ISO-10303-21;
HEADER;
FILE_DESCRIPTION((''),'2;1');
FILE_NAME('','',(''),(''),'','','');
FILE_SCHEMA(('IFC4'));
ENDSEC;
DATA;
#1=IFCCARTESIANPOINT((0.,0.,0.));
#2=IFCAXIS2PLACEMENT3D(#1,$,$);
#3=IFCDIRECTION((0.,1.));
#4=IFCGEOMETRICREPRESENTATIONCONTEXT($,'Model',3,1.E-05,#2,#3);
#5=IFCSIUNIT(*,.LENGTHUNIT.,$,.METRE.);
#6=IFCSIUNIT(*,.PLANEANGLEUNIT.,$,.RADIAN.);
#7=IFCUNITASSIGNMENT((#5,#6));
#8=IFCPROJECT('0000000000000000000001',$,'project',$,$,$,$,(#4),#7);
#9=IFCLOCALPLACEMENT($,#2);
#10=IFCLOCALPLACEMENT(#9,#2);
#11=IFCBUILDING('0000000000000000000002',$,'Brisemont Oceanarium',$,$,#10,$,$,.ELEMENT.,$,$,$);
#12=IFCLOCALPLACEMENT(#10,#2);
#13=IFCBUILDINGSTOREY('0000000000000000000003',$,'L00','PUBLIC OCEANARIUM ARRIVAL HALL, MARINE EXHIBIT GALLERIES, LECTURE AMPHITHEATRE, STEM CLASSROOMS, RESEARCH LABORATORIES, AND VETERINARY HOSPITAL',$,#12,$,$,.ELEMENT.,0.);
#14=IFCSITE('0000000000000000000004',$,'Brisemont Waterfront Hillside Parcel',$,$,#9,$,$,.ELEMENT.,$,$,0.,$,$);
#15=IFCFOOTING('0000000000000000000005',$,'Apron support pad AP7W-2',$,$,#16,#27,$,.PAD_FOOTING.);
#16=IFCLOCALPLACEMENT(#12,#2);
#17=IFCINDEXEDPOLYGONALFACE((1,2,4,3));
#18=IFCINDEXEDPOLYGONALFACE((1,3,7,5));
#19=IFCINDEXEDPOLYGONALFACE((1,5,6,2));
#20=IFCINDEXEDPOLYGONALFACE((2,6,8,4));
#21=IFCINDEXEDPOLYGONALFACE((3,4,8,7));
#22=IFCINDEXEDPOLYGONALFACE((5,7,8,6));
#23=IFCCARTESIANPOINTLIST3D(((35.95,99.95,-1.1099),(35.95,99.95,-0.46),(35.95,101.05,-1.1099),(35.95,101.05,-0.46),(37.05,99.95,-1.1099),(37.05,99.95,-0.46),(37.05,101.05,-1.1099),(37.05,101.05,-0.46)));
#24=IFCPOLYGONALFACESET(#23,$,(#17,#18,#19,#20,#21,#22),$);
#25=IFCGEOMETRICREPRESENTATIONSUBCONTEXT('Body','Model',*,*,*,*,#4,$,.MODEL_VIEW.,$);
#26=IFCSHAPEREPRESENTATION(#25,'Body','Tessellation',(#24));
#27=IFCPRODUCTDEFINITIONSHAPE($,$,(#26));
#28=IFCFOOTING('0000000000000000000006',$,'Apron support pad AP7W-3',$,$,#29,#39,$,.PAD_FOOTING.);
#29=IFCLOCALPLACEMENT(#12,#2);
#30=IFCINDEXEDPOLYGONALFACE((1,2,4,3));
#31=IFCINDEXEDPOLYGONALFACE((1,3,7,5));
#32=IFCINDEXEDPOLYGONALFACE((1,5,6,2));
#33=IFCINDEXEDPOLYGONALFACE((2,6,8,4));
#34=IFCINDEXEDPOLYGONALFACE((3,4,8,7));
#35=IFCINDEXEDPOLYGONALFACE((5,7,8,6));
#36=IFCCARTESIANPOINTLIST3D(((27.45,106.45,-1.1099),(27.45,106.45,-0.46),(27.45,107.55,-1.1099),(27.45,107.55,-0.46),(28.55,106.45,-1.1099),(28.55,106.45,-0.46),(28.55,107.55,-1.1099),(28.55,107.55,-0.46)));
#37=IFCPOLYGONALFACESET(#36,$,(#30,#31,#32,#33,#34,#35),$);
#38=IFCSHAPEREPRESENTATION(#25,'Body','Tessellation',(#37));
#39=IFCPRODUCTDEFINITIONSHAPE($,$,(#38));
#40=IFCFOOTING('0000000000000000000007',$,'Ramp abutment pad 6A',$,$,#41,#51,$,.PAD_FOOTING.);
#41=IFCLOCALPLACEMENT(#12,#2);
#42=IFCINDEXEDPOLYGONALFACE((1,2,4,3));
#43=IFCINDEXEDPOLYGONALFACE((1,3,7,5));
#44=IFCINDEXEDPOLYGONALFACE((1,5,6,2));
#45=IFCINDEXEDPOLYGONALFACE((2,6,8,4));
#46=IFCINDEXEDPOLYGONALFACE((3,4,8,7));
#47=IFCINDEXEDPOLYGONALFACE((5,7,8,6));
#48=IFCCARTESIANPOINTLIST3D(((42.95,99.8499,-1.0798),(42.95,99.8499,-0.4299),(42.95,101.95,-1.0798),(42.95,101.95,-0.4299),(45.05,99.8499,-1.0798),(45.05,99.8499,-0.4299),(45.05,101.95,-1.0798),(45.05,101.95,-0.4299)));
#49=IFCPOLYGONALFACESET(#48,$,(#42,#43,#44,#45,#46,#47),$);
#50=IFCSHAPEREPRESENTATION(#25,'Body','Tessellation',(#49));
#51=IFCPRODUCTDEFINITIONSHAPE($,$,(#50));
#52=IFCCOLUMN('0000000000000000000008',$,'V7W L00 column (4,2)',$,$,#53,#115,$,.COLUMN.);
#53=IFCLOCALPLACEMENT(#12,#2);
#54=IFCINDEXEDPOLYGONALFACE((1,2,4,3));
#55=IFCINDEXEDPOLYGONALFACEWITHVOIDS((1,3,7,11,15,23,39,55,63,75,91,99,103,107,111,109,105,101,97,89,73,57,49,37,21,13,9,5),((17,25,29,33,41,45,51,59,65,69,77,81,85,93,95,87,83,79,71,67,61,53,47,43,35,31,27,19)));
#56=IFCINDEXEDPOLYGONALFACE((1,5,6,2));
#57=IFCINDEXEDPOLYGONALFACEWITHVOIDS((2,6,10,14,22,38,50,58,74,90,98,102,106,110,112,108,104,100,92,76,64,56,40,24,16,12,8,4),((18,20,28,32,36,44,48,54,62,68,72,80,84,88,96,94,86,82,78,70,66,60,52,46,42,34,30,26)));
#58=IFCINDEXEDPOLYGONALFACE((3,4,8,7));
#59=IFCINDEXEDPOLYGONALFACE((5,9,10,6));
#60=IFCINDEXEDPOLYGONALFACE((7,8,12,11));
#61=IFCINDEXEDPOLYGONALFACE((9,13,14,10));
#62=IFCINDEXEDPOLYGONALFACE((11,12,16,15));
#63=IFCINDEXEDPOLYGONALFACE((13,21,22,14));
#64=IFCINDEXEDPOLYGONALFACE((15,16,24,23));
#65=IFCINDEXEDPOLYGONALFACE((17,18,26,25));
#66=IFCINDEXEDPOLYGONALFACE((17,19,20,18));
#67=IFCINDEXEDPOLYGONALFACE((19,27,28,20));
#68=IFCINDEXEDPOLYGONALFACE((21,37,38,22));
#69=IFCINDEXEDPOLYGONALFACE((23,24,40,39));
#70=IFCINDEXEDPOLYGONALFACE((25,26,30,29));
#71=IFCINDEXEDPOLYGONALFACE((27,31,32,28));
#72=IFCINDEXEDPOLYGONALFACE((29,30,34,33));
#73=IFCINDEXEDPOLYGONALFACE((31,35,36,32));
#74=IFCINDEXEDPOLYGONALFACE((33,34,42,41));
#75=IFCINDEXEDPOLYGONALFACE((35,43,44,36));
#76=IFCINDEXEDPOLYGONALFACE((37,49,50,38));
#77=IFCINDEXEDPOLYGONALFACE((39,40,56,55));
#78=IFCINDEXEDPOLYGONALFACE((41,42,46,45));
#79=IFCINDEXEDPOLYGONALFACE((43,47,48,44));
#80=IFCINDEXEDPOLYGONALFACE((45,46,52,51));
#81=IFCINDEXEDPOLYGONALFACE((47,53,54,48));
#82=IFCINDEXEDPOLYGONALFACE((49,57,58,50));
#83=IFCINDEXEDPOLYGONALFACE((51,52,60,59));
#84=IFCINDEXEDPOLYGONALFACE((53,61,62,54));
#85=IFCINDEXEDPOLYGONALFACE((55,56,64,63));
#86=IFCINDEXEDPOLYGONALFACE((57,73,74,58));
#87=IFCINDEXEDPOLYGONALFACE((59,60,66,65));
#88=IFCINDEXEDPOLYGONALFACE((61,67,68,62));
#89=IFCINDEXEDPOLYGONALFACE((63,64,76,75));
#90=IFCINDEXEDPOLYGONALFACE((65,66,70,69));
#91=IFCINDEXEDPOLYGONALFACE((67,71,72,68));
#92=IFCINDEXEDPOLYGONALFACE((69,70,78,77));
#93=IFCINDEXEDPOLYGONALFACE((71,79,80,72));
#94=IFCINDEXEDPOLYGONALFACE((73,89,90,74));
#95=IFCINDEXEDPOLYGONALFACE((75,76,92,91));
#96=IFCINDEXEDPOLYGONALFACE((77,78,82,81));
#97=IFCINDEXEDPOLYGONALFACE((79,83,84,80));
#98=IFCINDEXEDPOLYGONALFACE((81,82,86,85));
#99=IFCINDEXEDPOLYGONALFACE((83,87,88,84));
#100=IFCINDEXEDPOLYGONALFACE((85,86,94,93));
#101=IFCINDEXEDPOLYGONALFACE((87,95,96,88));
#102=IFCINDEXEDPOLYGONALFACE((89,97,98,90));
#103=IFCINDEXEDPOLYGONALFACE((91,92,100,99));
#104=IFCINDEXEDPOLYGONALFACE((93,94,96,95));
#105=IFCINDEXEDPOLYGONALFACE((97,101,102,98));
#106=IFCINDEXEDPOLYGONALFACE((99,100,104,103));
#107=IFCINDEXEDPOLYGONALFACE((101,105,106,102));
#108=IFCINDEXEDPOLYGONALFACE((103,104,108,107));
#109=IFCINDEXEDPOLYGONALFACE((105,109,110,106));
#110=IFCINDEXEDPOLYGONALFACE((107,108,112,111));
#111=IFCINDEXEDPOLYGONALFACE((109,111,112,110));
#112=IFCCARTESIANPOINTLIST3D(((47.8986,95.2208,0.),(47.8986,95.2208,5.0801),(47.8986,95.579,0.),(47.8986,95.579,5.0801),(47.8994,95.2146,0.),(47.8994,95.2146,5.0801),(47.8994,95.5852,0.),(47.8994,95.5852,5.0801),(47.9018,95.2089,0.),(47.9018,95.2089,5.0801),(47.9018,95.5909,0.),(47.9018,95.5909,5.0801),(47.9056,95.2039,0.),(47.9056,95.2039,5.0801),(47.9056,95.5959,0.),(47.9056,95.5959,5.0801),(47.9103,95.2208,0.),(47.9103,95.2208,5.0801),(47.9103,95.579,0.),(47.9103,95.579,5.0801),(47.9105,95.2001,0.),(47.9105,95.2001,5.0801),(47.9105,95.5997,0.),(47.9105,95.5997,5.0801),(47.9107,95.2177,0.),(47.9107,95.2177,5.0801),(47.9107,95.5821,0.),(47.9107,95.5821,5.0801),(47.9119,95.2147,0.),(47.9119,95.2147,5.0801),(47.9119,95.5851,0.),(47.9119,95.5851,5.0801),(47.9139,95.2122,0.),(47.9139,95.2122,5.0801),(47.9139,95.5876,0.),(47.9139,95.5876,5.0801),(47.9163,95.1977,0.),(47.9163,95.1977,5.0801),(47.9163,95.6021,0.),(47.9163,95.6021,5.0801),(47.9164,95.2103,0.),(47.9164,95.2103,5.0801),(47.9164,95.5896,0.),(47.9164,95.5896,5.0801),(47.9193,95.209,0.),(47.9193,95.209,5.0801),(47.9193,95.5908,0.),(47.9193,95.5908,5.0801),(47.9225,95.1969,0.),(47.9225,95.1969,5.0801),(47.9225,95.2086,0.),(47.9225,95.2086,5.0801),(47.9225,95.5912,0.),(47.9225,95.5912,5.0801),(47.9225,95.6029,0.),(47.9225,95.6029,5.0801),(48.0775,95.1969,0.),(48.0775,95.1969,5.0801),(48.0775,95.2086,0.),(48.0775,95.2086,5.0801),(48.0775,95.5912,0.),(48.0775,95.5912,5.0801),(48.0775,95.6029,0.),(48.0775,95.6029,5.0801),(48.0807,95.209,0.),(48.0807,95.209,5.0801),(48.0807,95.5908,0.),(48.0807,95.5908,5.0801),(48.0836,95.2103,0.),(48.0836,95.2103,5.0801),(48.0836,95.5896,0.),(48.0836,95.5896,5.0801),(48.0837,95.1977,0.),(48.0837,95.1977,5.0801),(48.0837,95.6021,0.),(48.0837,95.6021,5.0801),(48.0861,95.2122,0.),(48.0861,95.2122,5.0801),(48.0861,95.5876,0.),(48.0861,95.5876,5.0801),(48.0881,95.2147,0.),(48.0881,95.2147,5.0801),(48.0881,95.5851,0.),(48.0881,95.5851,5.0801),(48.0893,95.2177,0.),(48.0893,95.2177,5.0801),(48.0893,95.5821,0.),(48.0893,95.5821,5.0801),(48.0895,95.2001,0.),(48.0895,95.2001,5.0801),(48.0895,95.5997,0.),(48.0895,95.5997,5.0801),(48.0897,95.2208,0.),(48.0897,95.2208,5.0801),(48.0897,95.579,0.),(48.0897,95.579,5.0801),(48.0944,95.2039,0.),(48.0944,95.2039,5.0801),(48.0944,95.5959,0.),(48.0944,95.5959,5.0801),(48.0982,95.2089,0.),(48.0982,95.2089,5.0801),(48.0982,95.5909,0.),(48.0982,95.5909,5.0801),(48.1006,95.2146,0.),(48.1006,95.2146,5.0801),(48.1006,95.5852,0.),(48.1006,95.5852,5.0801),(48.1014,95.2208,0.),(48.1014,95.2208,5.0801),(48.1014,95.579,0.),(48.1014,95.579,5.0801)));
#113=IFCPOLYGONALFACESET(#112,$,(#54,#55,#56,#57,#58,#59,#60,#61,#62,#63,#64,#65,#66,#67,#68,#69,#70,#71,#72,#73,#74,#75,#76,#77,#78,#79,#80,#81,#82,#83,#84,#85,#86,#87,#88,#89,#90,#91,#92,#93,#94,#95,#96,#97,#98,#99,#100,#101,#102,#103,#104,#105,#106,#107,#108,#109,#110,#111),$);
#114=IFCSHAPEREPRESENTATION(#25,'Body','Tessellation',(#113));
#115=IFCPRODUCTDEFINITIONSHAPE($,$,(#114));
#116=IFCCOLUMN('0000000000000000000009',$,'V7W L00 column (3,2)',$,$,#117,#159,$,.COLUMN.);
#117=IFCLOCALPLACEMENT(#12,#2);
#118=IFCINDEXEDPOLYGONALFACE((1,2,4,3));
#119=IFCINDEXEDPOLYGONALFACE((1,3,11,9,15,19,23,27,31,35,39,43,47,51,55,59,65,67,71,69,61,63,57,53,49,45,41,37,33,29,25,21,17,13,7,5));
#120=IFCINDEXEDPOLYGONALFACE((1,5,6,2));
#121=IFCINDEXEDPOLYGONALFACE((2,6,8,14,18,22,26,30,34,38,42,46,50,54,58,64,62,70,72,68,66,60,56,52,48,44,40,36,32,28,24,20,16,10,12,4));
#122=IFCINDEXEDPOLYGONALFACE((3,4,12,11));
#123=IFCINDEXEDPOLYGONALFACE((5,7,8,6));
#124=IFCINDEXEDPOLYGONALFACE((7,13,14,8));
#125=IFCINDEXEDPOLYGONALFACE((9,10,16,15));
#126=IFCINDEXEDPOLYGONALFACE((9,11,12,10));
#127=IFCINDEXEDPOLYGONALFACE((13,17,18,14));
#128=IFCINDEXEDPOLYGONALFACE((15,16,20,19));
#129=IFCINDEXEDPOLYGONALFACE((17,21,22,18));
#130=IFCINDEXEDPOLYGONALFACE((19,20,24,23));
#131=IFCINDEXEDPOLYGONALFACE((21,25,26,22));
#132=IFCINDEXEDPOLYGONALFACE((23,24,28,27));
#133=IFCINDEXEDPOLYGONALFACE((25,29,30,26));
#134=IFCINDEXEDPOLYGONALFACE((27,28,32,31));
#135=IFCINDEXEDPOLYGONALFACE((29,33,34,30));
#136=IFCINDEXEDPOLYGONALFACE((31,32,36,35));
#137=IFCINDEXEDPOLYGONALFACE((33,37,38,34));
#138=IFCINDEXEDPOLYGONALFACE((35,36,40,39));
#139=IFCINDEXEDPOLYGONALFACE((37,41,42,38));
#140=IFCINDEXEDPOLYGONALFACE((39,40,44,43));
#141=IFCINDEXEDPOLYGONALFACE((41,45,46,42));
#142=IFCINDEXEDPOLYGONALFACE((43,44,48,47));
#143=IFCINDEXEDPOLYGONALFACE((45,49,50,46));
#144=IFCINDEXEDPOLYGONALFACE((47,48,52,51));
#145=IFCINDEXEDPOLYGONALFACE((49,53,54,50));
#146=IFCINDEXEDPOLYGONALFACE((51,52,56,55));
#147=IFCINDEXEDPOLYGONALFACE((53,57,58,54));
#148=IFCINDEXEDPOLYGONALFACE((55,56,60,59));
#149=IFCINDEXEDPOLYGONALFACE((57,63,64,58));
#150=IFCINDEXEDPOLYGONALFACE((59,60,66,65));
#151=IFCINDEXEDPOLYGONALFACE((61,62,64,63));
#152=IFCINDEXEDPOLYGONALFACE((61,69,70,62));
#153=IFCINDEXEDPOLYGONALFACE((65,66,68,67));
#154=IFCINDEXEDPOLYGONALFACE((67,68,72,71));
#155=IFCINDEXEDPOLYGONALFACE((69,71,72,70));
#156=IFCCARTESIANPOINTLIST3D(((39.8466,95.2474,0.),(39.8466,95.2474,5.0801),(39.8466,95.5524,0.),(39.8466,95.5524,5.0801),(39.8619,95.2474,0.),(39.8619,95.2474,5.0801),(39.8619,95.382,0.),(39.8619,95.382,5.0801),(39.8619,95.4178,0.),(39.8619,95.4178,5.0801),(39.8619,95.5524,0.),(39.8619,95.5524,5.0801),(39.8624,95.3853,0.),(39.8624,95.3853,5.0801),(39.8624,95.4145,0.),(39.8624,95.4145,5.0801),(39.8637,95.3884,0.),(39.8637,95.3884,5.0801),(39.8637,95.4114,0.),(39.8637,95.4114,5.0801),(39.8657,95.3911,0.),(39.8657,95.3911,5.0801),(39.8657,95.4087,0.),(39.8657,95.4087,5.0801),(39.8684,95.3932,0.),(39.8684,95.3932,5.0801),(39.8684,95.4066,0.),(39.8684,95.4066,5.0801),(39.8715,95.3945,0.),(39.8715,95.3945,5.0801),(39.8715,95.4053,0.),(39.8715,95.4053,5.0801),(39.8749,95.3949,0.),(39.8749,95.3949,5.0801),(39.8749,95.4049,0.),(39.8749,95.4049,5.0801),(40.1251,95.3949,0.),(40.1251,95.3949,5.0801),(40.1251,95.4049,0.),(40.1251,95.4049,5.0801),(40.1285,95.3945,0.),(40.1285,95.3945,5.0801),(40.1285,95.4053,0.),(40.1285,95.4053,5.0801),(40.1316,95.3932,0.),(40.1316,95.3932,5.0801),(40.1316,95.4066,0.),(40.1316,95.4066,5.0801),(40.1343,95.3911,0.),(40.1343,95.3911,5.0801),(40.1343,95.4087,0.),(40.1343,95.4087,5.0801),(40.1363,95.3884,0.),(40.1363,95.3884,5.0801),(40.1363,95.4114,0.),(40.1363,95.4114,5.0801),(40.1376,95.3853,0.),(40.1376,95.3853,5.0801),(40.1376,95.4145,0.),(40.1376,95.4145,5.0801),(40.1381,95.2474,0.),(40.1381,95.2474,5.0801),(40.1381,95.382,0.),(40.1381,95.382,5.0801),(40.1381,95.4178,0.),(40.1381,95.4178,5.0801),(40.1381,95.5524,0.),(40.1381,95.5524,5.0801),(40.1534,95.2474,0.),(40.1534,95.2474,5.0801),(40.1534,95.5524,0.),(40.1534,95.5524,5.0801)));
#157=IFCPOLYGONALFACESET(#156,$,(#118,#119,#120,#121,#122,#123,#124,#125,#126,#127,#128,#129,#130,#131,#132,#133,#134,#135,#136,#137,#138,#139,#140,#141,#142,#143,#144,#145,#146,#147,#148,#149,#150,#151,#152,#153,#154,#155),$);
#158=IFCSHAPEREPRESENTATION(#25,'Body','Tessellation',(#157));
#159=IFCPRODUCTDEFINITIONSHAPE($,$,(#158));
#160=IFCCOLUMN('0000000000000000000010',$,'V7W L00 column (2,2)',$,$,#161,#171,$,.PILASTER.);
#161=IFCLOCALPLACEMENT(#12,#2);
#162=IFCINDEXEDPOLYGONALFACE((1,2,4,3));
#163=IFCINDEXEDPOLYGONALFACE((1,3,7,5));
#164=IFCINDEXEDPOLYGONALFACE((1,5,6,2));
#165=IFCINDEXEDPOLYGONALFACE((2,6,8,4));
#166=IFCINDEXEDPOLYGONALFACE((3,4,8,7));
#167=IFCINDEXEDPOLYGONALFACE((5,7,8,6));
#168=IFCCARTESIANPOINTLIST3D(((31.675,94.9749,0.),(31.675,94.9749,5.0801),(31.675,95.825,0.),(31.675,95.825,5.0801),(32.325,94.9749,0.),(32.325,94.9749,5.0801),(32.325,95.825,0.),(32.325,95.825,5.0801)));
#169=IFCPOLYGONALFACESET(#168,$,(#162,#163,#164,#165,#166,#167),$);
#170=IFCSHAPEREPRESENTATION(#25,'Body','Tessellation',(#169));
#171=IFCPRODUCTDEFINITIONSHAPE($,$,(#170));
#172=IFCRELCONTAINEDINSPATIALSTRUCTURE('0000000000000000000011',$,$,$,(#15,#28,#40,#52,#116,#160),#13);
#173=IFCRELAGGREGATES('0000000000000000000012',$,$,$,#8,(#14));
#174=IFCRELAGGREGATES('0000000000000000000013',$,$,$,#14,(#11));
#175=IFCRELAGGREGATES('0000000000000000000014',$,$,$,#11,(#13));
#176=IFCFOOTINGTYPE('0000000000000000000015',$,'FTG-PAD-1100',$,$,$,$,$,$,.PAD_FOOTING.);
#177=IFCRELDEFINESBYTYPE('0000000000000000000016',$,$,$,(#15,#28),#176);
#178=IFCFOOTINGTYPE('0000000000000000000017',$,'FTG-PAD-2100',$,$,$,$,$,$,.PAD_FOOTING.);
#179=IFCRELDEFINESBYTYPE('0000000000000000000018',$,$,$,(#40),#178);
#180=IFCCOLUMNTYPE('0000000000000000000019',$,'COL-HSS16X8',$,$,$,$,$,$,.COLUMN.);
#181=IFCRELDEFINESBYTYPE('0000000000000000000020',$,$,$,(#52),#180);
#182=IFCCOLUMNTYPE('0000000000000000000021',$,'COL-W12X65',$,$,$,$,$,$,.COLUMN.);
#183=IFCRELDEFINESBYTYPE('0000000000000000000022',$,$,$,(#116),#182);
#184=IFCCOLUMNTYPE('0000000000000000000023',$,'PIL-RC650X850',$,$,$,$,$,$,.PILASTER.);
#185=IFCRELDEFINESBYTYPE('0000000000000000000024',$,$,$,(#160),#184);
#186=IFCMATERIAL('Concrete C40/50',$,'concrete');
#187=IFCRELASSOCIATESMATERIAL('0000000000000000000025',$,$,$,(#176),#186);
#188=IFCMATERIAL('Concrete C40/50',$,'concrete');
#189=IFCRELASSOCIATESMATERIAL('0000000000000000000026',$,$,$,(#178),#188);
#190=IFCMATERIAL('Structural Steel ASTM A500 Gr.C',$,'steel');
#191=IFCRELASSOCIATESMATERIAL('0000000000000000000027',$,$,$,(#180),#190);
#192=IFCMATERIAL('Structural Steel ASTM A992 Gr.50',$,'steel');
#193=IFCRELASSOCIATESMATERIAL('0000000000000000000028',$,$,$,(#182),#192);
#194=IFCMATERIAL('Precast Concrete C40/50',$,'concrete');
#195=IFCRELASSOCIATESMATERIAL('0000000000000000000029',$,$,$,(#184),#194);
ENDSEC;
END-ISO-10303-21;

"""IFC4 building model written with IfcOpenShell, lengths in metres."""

from ifc_helpers import new_model, si_unit, direction, frame, origin, origin_2d, place, context, subcontext, project, spatial, rectangle, hollow_rectangle, i_section, extrude, material, material_profile, profile_set, type_object, element, save


model = new_model("IFC4")

# Units and contexts
model_context = context("Model", 3, precision=1e-05, world=origin(), true_north=direction((0.0, 1.0)))
body_context = subcontext(model_context, "Body", "Model", "MODEL_VIEW")
ifc_project = project(units=[si_unit("LENGTHUNIT", "METRE"), si_unit("PLANEANGLEUNIT", "RADIAN")], contexts=[model_context])

# Site, building, storey
site_placement = place(None, origin())
site = spatial("IfcSite", under=ifc_project, at=site_placement, Name="Brisemont Waterfront Hillside Parcel", CompositionType="ELEMENT", RefElevation=0.0)
building_placement = place(site_placement, origin())
building = spatial("IfcBuilding", under=site, at=building_placement, Name="Brisemont Oceanarium", CompositionType="ELEMENT")
storey_placement = place(building_placement, origin())
storey = spatial("IfcBuildingStorey", under=building, at=storey_placement, Name="L00", Description="PUBLIC OCEANARIUM ARRIVAL HALL, MARINE EXHIBIT GALLERIES, LECTURE AMPHITHEATRE, STEM CLASSROOMS, RESEARCH LABORATORIES, AND VETERINARY HOSPITAL", CompositionType="ELEMENT", Elevation=0.0)

# Footings
ifc_material_1 = material(Name="Concrete C40/50", Category="concrete")
footing_type_1 = type_object("IfcFootingType", Name="FTG-PAD-1100", PredefinedType="PAD_FOOTING", material=ifc_material_1)
for number, where, z_axis, x_axis, name in (
    (1, (36.5, 100.5, -1.1099), (0.0, 0.0, 1.0), (1.0, 0.0, 0.0), "Apron support pad AP7W-2"),
    (2, (28.0, 107.0, -1.1099), (0.0, 0.0, 1.0), (1.0, 0.0, 0.0), "Apron support pad AP7W-3"),
):
    element("IfcFooting", number, at=place(storey_placement, frame(where, z_axis=z_axis, x_axis=x_axis)), inside=storey, type_object=footing_type_1, Name=name, PredefinedType="PAD_FOOTING", context=body_context, shape_type="SweptSolid", body=[
        extrude(rectangle(XDim=1.1001, YDim=1.1001, at=origin_2d()), origin(), (0.0, 0.0, 1.0), 0.6499),
    ])
ifc_material_2 = material(Name="Concrete C40/50", Category="concrete")
footing_type_2 = type_object("IfcFootingType", Name="FTG-PAD-2100", PredefinedType="PAD_FOOTING", material=ifc_material_2)
footing_placement = place(storey_placement, frame((44.0, 100.8999, -1.0798), z_axis=(0.0, 0.0, 1.0), x_axis=(1.0, 0.0, 0.0)))
element("IfcFooting", 3, at=footing_placement, inside=storey, type_object=footing_type_2, Name="Ramp abutment pad 6A", PredefinedType="PAD_FOOTING", context=body_context, shape_type="SweptSolid", body=[
    extrude(rectangle(XDim=2.1001, YDim=2.1001, at=origin_2d()), origin(), (0.0, 0.0, 1.0), 0.6499),
])

# Columns
ifc_material_3 = material(Name="Structural Steel ASTM A500 Gr.C", Category="steel")
ifc_material_profile_1 = material_profile(ifc_material_3, hollow_rectangle(XDim=0.2029, YDim=0.406, WallThickness=0.0117, InnerFilletRadius=0.0122, OuterFilletRadius=0.0239, at=origin_2d()), Name="HSS16X8X1/2")
ifc_profile_set_1 = profile_set([ifc_material_profile_1], Name="Structural Steel ASTM A500 Gr.C")
column_type_1 = type_object("IfcColumnType", Name="COL-HSS16X8", PredefinedType="COLUMN", material=ifc_profile_set_1)
column_1_placement = place(storey_placement, frame((48.0, 95.3999, 0.0), z_axis=(0.0, 0.0, 1.0), x_axis=(1.0, 0.0, 0.0)))
element("IfcColumn", 4, at=column_1_placement, inside=storey, type_object=column_type_1, Name="V7W L00 column (4,2)", PredefinedType="COLUMN", context=body_context, shape_type="SweptSolid", body=[
    extrude(hollow_rectangle(XDim=0.2029, YDim=0.406, WallThickness=0.0117, InnerFilletRadius=0.0122, OuterFilletRadius=0.0239, at=origin_2d()), origin(), (0.0, 0.0, 1.0), 5.0801),
])
ifc_material_4 = material(Name="Structural Steel ASTM A992 Gr.50", Category="steel")
ifc_material_profile_2 = material_profile(ifc_material_4, i_section(OverallWidth=0.3049, OverallDepth=0.3069, WebThickness=0.01, FlangeThickness=0.0154, FilletRadius=0.0129, at=origin_2d()), Name="W12X65")
ifc_profile_set_2 = profile_set([ifc_material_profile_2], Name="Structural Steel ASTM A992 Gr.50")
column_type_2 = type_object("IfcColumnType", Name="COL-W12X65", PredefinedType="COLUMN", material=ifc_profile_set_2)
column_2_placement = place(storey_placement, frame((40.0, 95.3999, 0.0), z_axis=(0.0, 0.0, 1.0), x_axis=(0.0, 1.0, 0.0)))
element("IfcColumn", 5, at=column_2_placement, inside=storey, type_object=column_type_2, Name="V7W L00 column (3,2)", PredefinedType="COLUMN", context=body_context, shape_type="SweptSolid", body=[
    extrude(i_section(OverallWidth=0.3049, OverallDepth=0.3069, WebThickness=0.01, FlangeThickness=0.0154, FilletRadius=0.0129, at=origin_2d()), origin(), (0.0, 0.0, 1.0), 5.0801),
])
ifc_material_5 = material(Name="Precast Concrete C40/50", Category="concrete")
ifc_material_profile_3 = material_profile(ifc_material_5, rectangle(XDim=0.6499, YDim=0.8501, at=origin_2d()), Name="RC-PIL-650X850")
ifc_profile_set_3 = profile_set([ifc_material_profile_3], Name="Precast Concrete C40/50")
column_type_3 = type_object("IfcColumnType", Name="PIL-RC650X850", PredefinedType="PILASTER", material=ifc_profile_set_3)
column_3_placement = place(storey_placement, frame((32.0, 95.3999, 0.0), z_axis=(0.0, 0.0, 1.0), x_axis=(1.0, 0.0, 0.0)))
element("IfcColumn", 6, at=column_3_placement, inside=storey, type_object=column_type_3, Name="V7W L00 column (2,2)", PredefinedType="PILASTER", context=body_context, shape_type="SweptSolid", body=[
    extrude(rectangle(XDim=0.6499, YDim=0.8501, at=origin_2d()), origin(), (0.0, 0.0, 1.0), 5.0801),
])

save(model, "model.ifc")
